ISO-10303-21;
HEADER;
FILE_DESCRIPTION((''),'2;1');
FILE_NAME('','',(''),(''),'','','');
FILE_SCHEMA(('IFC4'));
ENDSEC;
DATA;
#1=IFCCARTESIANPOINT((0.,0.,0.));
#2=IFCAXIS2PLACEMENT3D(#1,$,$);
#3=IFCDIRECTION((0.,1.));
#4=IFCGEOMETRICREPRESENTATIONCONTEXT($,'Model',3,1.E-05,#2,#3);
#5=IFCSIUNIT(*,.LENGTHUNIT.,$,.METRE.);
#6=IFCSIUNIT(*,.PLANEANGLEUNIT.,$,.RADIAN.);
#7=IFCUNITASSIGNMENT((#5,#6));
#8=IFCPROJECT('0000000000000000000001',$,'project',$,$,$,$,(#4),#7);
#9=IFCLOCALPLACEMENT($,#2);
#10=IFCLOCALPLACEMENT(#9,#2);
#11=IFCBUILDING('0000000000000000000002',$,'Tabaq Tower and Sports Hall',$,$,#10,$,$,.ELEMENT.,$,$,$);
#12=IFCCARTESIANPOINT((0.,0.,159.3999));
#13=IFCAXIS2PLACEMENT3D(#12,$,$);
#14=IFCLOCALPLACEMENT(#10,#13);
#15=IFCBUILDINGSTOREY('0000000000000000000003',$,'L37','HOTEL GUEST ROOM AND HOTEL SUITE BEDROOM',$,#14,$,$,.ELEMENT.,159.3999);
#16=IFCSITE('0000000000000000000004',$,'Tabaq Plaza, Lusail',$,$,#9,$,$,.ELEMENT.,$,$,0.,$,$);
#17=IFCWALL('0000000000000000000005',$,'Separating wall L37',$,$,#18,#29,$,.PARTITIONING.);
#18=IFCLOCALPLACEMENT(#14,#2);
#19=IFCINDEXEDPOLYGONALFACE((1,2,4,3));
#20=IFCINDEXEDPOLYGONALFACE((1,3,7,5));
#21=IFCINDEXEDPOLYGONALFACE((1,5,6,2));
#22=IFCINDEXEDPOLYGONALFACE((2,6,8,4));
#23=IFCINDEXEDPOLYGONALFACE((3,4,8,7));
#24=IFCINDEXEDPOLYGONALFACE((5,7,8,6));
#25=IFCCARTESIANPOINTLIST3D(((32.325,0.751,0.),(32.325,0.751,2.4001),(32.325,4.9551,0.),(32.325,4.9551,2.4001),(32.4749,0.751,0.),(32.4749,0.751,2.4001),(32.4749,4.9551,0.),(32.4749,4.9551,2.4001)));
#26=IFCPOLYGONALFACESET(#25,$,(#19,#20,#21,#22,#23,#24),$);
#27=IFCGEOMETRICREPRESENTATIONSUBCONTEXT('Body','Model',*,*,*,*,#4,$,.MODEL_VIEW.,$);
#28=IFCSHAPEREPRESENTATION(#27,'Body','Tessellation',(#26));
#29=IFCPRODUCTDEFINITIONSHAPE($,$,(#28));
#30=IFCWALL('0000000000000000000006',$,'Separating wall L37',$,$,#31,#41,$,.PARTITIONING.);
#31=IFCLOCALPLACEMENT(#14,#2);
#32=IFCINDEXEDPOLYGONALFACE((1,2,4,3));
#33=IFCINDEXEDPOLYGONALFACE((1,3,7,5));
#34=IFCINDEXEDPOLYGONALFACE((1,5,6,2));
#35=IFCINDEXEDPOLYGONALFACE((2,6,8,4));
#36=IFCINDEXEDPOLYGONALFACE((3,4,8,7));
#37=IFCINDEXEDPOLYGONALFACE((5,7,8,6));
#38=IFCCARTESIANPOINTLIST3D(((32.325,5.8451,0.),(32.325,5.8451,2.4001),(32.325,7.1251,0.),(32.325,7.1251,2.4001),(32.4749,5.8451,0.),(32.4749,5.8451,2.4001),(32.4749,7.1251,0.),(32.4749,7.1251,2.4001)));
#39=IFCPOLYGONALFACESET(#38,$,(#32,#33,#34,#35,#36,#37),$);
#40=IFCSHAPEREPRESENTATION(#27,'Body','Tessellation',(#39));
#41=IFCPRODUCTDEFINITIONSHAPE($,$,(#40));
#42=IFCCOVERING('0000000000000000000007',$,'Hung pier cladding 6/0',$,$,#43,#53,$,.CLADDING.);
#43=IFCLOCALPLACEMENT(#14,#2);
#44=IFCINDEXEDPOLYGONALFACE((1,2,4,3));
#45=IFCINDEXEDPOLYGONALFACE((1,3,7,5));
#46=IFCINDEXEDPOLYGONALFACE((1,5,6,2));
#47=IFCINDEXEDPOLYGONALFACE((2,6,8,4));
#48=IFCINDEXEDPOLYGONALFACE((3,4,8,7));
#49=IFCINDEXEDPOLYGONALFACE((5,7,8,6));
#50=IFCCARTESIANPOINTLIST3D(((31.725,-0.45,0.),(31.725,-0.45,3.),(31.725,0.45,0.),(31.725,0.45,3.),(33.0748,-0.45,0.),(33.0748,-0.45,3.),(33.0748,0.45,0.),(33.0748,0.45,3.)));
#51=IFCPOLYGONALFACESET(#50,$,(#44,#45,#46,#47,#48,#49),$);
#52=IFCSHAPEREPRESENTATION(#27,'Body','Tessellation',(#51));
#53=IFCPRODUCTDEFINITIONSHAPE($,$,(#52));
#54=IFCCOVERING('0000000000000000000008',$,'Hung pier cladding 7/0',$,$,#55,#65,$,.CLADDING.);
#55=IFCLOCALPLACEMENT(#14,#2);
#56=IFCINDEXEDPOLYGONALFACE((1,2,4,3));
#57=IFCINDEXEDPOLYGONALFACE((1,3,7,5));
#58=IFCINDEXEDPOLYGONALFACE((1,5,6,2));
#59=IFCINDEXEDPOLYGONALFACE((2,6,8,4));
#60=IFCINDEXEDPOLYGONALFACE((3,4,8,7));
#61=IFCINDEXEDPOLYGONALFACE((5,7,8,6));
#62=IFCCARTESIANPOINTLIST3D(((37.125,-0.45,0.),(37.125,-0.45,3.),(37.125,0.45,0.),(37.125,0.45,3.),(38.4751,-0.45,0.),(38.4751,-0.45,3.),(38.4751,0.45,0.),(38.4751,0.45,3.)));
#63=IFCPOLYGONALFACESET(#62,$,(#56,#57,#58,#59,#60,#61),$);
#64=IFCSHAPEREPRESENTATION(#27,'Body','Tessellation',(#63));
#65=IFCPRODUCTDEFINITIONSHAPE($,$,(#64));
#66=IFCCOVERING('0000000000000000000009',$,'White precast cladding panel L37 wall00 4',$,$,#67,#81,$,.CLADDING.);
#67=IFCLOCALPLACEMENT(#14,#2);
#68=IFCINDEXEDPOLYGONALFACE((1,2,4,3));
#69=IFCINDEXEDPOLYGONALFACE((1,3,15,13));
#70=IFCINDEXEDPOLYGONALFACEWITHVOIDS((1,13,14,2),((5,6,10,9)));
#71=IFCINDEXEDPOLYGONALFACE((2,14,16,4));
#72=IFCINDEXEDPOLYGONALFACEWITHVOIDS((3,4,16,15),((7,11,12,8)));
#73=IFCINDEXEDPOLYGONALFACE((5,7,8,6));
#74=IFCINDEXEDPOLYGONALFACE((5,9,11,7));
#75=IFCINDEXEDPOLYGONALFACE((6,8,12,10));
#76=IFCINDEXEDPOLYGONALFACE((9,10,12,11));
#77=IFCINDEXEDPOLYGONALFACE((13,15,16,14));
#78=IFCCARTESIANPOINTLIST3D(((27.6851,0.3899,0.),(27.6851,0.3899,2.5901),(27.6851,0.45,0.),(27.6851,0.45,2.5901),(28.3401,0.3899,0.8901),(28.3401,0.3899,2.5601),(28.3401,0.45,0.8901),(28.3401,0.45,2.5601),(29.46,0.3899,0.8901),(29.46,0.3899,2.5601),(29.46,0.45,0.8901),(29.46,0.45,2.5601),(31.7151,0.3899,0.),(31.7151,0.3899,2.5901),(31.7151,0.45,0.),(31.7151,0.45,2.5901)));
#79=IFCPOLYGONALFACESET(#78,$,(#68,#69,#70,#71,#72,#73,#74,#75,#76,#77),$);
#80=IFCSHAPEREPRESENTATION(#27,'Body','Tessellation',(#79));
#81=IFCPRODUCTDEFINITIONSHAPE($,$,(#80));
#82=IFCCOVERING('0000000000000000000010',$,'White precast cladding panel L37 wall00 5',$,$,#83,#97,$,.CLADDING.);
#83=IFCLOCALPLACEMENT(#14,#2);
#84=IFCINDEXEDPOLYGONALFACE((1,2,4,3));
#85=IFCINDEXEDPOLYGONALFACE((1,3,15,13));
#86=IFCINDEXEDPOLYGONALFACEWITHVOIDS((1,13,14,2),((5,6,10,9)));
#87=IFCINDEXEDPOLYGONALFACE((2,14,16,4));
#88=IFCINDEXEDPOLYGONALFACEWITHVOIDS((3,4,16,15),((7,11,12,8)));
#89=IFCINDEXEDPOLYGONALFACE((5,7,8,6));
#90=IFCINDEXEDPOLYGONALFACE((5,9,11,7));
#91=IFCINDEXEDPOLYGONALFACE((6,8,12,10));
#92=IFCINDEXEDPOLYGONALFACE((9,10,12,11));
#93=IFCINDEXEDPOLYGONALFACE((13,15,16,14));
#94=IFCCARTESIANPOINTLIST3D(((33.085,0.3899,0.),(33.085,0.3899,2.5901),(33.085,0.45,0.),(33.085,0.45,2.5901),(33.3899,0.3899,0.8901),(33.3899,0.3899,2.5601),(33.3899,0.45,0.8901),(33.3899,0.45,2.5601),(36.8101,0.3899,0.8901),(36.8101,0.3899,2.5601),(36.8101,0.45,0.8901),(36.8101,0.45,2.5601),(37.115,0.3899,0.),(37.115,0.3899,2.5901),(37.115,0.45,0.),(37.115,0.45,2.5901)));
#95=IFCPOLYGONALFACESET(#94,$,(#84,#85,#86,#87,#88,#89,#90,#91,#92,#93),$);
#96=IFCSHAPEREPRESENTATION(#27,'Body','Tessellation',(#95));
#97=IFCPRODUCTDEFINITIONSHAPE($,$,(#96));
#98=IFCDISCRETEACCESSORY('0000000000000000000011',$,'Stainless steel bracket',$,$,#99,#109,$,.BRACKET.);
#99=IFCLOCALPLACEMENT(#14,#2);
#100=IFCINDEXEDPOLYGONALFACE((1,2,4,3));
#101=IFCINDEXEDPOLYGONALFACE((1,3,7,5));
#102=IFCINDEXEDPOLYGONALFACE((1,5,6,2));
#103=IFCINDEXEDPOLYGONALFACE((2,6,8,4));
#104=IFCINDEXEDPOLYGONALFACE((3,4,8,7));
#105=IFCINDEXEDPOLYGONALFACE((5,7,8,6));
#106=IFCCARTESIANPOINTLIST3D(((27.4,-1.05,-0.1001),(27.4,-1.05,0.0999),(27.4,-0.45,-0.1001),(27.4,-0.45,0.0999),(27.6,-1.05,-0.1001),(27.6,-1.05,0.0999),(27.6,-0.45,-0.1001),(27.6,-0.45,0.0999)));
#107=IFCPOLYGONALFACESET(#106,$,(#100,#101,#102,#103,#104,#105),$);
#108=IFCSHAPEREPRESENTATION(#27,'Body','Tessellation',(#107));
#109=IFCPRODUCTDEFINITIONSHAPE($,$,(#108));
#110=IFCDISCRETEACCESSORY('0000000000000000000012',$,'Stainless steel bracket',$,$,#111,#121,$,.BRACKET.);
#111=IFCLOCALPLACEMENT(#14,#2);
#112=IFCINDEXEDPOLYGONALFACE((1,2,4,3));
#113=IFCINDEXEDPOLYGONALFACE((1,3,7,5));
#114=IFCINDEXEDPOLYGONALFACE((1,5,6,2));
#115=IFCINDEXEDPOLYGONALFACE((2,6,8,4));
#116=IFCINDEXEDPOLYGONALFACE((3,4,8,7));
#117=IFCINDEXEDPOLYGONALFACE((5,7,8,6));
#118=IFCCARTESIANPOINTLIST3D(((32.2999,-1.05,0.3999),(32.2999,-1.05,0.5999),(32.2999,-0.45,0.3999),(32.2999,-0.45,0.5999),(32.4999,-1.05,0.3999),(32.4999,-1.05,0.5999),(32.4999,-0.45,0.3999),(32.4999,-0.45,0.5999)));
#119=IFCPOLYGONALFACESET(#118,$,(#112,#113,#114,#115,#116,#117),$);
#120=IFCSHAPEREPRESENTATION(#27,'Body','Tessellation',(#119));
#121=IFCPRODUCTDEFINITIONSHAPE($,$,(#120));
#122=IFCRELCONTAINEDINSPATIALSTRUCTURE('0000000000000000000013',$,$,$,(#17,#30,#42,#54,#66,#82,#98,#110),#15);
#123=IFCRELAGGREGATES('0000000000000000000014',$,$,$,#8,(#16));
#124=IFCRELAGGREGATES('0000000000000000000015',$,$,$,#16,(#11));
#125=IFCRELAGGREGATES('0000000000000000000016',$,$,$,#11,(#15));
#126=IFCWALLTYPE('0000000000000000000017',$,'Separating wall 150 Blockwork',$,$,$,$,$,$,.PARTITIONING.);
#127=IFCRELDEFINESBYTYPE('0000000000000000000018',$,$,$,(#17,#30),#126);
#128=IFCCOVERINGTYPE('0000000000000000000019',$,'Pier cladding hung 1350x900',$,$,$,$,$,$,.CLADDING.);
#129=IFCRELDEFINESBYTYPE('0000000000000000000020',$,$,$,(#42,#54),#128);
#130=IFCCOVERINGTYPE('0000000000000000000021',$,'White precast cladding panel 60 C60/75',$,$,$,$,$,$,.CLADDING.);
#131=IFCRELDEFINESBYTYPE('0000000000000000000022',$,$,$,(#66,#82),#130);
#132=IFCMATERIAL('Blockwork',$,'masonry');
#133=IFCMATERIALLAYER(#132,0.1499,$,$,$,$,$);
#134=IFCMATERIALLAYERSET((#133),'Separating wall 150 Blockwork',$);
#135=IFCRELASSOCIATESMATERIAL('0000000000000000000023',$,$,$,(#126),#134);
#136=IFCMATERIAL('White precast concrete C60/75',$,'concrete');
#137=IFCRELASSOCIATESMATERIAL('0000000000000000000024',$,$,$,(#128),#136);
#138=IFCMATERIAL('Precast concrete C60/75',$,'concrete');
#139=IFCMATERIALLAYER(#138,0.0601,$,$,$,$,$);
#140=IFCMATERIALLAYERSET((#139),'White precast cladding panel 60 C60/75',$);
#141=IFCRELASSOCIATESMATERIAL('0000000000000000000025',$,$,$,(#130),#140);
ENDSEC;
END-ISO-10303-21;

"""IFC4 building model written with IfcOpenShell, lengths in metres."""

from ifc_helpers import new_model, si_unit, direction, frame, frame_2d, origin, origin_2d, place, context, subcontext, project, spatial, polyline, rectangle, outline, extrude, material, layer, layer_set, type_object, element, save


model = new_model("IFC4")

# Units and contexts
model_context = context("Model", 3, precision=1e-05, world=origin(), true_north=direction((0.0, 1.0)))
body_context = subcontext(model_context, "Body", "Model", "MODEL_VIEW")
ifc_project = project(units=[si_unit("LENGTHUNIT", "METRE"), si_unit("PLANEANGLEUNIT", "RADIAN")], contexts=[model_context])

# Site, building, storey
site_placement = place(None, origin())
site = spatial("IfcSite", under=ifc_project, at=site_placement, Name="Tabaq Plaza, Lusail", CompositionType="ELEMENT", RefElevation=0.0)
building_placement = place(site_placement, origin())
building = spatial("IfcBuilding", under=site, at=building_placement, Name="Tabaq Tower and Sports Hall", CompositionType="ELEMENT")
storey_placement = place(building_placement, frame((0.0, 0.0, 159.3999)))
storey = spatial("IfcBuildingStorey", under=building, at=storey_placement, Name="L37", Description="HOTEL GUEST ROOM AND HOTEL SUITE BEDROOM", CompositionType="ELEMENT", Elevation=159.3999)

# Walls
ifc_material_1 = material(Name="Blockwork", Category="masonry")
ifc_layer_1 = layer(ifc_material_1, 0.1499)
ifc_layer_set_1 = layer_set([ifc_layer_1], Name="Separating wall 150 Blockwork")
wall_type_1 = type_object("IfcWallType", Name="Separating wall 150 Blockwork", PredefinedType="PARTITIONING", material=ifc_layer_set_1)
wall_1_placement = place(storey_placement, frame((32.3999, 0.751, 0.0), z_axis=(0.0, 0.0, 1.0), x_axis=(0.0, 1.0, 0.0)))
element("IfcWall", 1, at=wall_1_placement, inside=storey, type_object=wall_type_1, Name="Separating wall L37", PredefinedType="PARTITIONING", context=body_context, shape_type="SweptSolid", body=[
    extrude(rectangle(XDim=4.2041, YDim=0.1499, at=frame_2d((2.1021, 0.0))), origin(), (0.0, 0.0, 1.0), 2.4001),
])
wall_2_placement = place(storey_placement, frame((32.3999, 5.845, 0.0), z_axis=(0.0, 0.0, 1.0), x_axis=(0.0, 1.0, 0.0)))
element("IfcWall", 2, at=wall_2_placement, inside=storey, type_object=wall_type_1, Name="Separating wall L37", PredefinedType="PARTITIONING", context=body_context, shape_type="SweptSolid", body=[
    extrude(rectangle(XDim=1.28, YDim=0.1499, at=frame_2d((0.6401, 0.0))), origin(), (0.0, 0.0, 1.0), 2.4001),
])

# Coverings
ifc_material_2 = material(Name="White precast concrete C60/75", Category="concrete")
covering_type_1 = type_object("IfcCoveringType", Name="Pier cladding hung 1350x900", PredefinedType="CLADDING", material=ifc_material_2)
covering_1_placement = place(storey_placement, frame((31.7251, 0.0, 0.0), z_axis=(0.0, 0.0, 1.0), x_axis=(1.0, 0.0, 0.0)))
element("IfcCovering", 3, at=covering_1_placement, inside=storey, type_object=covering_type_1, Name="Hung pier cladding 6/0", PredefinedType="CLADDING", context=body_context, shape_type="SweptSolid", body=[
    extrude(rectangle(XDim=1.3499, YDim=0.8999, at=frame_2d((0.6748, 0.0))), origin(), (0.0, 0.0, 1.0), 3.0),
])
covering_2_placement = place(storey_placement, frame((37.125, 0.0, 0.0), z_axis=(0.0, 0.0, 1.0), x_axis=(1.0, 0.0, 0.0)))
element("IfcCovering", 4, at=covering_2_placement, inside=storey, type_object=covering_type_1, Name="Hung pier cladding 7/0", PredefinedType="CLADDING", context=body_context, shape_type="SweptSolid", body=[
    extrude(rectangle(XDim=1.3501, YDim=0.8999, at=frame_2d((0.675, 0.0))), origin(), (0.0, 0.0, 1.0), 3.0),
])
ifc_material_3 = material(Name="Precast concrete C60/75", Category="concrete")
ifc_layer_2 = layer(ifc_material_3, 0.0601)
ifc_layer_set_2 = layer_set([ifc_layer_2], Name="White precast cladding panel 60 C60/75")
covering_type_2 = type_object("IfcCoveringType", Name="White precast cladding panel 60 C60/75", PredefinedType="CLADDING", material=ifc_layer_set_2)
covering_3_placement = place(storey_placement, frame((27.6851, 0.4199, 0.0), z_axis=(0.0, 0.0, 1.0), x_axis=(1.0, 0.0, 0.0)))
element("IfcCovering", 5, at=covering_3_placement, inside=storey, type_object=covering_type_2, Name="White precast cladding panel L37 wall00 4", PredefinedType="CLADDING", context=body_context, shape_type="SweptSolid", body=[
    extrude(outline(polyline([(0.0, 0.0), (4.03, 0.0), (4.03, 2.5901), (0.0, 2.5901), (0.0, 0.0)]), holes=[polyline([(1.7749, 0.8901), (0.655, 0.8901), (0.655, 2.5601), (1.7749, 2.5601), (1.7749, 0.8901)])]), frame((0.0, 0.03, 0.0), z_axis=(0.0, -1.0, 0.0), x_axis=(1.0, 0.0, 0.0)), (0.0, 0.0, 1.0), 0.0601),
])
covering_4_placement = place(storey_placement, frame((33.085, 0.4199, 0.0), z_axis=(0.0, 0.0, 1.0), x_axis=(1.0, 0.0, 0.0)))
element("IfcCovering", 6, at=covering_4_placement, inside=storey, type_object=covering_type_2, Name="White precast cladding panel L37 wall00 5", PredefinedType="CLADDING", context=body_context, shape_type="SweptSolid", body=[
    extrude(outline(polyline([(0.0, 0.0), (4.03, 0.0), (4.03, 2.5901), (0.0, 2.5901), (0.0, 0.0)]), holes=[polyline([(3.7251, 0.8901), (0.3049, 0.8901), (0.3049, 2.5601), (3.7251, 2.5601), (3.7251, 0.8901)])]), frame((0.0, 0.03, 0.0), z_axis=(0.0, -1.0, 0.0), x_axis=(1.0, 0.0, 0.0)), (0.0, 0.0, 1.0), 0.0601),
])

# Discrete accessories
for number, where, z_axis, x_axis, name in (
    (7, (27.5, -0.75, -0.1001), (0.0, 0.0, 1.0), (0.0, -1.0, 0.0), "Stainless steel bracket"),
    (8, (32.3999, -0.75, 0.3999), (0.0, 0.0, 1.0), (0.0, -1.0, 0.0), "Stainless steel bracket"),
):
    element("IfcDiscreteAccessory", number, at=place(storey_placement, frame(where, z_axis=z_axis, x_axis=x_axis)), inside=storey, Name=name, PredefinedType="BRACKET", context=body_context, shape_type="SweptSolid", body=[
        extrude(rectangle(XDim=0.6001, YDim=0.2, at=origin_2d()), origin(), (0.0, 0.0, 1.0), 0.2),
    ])

save(model, "model.ifc")
